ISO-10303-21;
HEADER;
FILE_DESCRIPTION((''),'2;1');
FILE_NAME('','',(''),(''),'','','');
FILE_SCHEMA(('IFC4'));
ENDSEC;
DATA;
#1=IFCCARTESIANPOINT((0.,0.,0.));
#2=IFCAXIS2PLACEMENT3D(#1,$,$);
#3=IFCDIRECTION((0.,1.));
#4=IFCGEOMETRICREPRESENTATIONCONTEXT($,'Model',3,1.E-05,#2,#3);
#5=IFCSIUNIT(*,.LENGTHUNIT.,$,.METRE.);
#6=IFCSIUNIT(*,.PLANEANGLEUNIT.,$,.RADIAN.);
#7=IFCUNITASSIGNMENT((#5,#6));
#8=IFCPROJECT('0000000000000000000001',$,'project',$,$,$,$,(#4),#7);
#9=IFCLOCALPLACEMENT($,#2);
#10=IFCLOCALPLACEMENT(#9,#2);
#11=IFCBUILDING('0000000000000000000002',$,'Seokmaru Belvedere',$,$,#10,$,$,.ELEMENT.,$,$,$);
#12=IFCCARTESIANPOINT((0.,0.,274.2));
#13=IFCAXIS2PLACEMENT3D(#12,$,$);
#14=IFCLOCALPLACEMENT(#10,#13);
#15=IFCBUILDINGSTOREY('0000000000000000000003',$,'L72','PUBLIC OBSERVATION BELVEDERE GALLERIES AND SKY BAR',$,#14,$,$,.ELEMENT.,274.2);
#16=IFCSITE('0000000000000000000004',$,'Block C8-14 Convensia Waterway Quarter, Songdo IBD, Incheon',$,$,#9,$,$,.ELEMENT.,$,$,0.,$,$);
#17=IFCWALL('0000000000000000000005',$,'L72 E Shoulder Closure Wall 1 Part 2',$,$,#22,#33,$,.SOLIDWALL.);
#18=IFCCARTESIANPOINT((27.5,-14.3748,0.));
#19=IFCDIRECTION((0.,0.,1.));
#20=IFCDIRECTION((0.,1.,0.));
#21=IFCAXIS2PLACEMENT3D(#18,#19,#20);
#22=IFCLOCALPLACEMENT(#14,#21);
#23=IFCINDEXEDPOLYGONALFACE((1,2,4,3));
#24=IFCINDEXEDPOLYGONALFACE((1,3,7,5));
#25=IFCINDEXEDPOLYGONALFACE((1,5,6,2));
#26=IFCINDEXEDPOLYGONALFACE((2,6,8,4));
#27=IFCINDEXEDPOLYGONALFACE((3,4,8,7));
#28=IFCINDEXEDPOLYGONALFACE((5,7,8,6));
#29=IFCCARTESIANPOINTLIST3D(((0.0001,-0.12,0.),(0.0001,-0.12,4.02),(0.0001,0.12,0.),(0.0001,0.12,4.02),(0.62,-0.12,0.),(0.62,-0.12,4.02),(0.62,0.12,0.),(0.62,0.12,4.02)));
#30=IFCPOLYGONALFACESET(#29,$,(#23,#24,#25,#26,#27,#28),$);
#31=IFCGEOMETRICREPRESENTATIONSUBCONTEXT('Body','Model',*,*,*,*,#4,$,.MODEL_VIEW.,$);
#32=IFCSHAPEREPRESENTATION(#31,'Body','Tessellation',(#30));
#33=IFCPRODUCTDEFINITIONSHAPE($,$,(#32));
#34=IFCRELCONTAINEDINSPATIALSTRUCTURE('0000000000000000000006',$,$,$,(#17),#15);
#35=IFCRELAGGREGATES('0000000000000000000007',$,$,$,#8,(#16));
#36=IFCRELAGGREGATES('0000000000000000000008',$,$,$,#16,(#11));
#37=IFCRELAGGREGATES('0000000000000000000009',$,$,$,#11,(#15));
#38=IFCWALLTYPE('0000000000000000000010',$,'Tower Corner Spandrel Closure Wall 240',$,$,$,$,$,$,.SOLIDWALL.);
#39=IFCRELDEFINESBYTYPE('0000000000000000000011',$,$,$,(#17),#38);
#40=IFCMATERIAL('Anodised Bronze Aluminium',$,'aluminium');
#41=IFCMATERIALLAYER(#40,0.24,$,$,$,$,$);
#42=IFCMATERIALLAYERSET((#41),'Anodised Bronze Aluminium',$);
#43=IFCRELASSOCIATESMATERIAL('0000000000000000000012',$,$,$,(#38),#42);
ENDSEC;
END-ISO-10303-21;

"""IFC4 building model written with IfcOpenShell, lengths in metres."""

from ifc_helpers import new_model, si_unit, direction, frame, frame_2d, origin, place, context, subcontext, project, spatial, rectangle, extrude, material, layer, layer_set, type_object, element, save


model = new_model("IFC4")

# Units and contexts
model_context = context("Model", 3, precision=1e-05, world=origin(), true_north=direction((0.0, 1.0)))
body_context = subcontext(model_context, "Body", "Model", "MODEL_VIEW")
ifc_project = project(units=[si_unit("LENGTHUNIT", "METRE"), si_unit("PLANEANGLEUNIT", "RADIAN")], contexts=[model_context])

# Site, building, storey
site_placement = place(None, origin())
site = spatial("IfcSite", under=ifc_project, at=site_placement, Name="Block C8-14 Convensia Waterway Quarter, Songdo IBD, Incheon", CompositionType="ELEMENT", RefElevation=0.0)
building_placement = place(site_placement, origin())
building = spatial("IfcBuilding", under=site, at=building_placement, Name="Seokmaru Belvedere", CompositionType="ELEMENT")
storey_placement = place(building_placement, frame((0.0, 0.0, 274.2)))
storey = spatial("IfcBuildingStorey", under=building, at=storey_placement, Name="L72", Description="PUBLIC OBSERVATION BELVEDERE GALLERIES AND SKY BAR", CompositionType="ELEMENT", Elevation=274.2)

# Shared definitions
ifc_material_1 = material(Name="Anodised Bronze Aluminium", Category="aluminium")

# Wall
ifc_layer_1 = layer(ifc_material_1, 0.24)
ifc_layer_set_1 = layer_set([ifc_layer_1], Name="Anodised Bronze Aluminium")
wall_type_1 = type_object("IfcWallType", Name="Tower Corner Spandrel Closure Wall 240", PredefinedType="SOLIDWALL", material=ifc_layer_set_1)
wall_1_placement = place(storey_placement, frame((27.5, -14.3748, 0.0), z_axis=(0.0, 0.0, 1.0), x_axis=(0.0, 1.0, 0.0)))
element("IfcWall", 1, at=wall_1_placement, inside=storey, type_object=wall_type_1, Name="L72 E Shoulder Closure Wall 1 Part 2", PredefinedType="SOLIDWALL", context=body_context, shape_type="SweptSolid", body=[
    extrude(rectangle(XDim=0.6199, YDim=0.24, at=frame_2d((0.3101, 0.0))), origin(), (0.0, 0.0, 1.0), 4.02),
])

save(model, "model.ifc")
